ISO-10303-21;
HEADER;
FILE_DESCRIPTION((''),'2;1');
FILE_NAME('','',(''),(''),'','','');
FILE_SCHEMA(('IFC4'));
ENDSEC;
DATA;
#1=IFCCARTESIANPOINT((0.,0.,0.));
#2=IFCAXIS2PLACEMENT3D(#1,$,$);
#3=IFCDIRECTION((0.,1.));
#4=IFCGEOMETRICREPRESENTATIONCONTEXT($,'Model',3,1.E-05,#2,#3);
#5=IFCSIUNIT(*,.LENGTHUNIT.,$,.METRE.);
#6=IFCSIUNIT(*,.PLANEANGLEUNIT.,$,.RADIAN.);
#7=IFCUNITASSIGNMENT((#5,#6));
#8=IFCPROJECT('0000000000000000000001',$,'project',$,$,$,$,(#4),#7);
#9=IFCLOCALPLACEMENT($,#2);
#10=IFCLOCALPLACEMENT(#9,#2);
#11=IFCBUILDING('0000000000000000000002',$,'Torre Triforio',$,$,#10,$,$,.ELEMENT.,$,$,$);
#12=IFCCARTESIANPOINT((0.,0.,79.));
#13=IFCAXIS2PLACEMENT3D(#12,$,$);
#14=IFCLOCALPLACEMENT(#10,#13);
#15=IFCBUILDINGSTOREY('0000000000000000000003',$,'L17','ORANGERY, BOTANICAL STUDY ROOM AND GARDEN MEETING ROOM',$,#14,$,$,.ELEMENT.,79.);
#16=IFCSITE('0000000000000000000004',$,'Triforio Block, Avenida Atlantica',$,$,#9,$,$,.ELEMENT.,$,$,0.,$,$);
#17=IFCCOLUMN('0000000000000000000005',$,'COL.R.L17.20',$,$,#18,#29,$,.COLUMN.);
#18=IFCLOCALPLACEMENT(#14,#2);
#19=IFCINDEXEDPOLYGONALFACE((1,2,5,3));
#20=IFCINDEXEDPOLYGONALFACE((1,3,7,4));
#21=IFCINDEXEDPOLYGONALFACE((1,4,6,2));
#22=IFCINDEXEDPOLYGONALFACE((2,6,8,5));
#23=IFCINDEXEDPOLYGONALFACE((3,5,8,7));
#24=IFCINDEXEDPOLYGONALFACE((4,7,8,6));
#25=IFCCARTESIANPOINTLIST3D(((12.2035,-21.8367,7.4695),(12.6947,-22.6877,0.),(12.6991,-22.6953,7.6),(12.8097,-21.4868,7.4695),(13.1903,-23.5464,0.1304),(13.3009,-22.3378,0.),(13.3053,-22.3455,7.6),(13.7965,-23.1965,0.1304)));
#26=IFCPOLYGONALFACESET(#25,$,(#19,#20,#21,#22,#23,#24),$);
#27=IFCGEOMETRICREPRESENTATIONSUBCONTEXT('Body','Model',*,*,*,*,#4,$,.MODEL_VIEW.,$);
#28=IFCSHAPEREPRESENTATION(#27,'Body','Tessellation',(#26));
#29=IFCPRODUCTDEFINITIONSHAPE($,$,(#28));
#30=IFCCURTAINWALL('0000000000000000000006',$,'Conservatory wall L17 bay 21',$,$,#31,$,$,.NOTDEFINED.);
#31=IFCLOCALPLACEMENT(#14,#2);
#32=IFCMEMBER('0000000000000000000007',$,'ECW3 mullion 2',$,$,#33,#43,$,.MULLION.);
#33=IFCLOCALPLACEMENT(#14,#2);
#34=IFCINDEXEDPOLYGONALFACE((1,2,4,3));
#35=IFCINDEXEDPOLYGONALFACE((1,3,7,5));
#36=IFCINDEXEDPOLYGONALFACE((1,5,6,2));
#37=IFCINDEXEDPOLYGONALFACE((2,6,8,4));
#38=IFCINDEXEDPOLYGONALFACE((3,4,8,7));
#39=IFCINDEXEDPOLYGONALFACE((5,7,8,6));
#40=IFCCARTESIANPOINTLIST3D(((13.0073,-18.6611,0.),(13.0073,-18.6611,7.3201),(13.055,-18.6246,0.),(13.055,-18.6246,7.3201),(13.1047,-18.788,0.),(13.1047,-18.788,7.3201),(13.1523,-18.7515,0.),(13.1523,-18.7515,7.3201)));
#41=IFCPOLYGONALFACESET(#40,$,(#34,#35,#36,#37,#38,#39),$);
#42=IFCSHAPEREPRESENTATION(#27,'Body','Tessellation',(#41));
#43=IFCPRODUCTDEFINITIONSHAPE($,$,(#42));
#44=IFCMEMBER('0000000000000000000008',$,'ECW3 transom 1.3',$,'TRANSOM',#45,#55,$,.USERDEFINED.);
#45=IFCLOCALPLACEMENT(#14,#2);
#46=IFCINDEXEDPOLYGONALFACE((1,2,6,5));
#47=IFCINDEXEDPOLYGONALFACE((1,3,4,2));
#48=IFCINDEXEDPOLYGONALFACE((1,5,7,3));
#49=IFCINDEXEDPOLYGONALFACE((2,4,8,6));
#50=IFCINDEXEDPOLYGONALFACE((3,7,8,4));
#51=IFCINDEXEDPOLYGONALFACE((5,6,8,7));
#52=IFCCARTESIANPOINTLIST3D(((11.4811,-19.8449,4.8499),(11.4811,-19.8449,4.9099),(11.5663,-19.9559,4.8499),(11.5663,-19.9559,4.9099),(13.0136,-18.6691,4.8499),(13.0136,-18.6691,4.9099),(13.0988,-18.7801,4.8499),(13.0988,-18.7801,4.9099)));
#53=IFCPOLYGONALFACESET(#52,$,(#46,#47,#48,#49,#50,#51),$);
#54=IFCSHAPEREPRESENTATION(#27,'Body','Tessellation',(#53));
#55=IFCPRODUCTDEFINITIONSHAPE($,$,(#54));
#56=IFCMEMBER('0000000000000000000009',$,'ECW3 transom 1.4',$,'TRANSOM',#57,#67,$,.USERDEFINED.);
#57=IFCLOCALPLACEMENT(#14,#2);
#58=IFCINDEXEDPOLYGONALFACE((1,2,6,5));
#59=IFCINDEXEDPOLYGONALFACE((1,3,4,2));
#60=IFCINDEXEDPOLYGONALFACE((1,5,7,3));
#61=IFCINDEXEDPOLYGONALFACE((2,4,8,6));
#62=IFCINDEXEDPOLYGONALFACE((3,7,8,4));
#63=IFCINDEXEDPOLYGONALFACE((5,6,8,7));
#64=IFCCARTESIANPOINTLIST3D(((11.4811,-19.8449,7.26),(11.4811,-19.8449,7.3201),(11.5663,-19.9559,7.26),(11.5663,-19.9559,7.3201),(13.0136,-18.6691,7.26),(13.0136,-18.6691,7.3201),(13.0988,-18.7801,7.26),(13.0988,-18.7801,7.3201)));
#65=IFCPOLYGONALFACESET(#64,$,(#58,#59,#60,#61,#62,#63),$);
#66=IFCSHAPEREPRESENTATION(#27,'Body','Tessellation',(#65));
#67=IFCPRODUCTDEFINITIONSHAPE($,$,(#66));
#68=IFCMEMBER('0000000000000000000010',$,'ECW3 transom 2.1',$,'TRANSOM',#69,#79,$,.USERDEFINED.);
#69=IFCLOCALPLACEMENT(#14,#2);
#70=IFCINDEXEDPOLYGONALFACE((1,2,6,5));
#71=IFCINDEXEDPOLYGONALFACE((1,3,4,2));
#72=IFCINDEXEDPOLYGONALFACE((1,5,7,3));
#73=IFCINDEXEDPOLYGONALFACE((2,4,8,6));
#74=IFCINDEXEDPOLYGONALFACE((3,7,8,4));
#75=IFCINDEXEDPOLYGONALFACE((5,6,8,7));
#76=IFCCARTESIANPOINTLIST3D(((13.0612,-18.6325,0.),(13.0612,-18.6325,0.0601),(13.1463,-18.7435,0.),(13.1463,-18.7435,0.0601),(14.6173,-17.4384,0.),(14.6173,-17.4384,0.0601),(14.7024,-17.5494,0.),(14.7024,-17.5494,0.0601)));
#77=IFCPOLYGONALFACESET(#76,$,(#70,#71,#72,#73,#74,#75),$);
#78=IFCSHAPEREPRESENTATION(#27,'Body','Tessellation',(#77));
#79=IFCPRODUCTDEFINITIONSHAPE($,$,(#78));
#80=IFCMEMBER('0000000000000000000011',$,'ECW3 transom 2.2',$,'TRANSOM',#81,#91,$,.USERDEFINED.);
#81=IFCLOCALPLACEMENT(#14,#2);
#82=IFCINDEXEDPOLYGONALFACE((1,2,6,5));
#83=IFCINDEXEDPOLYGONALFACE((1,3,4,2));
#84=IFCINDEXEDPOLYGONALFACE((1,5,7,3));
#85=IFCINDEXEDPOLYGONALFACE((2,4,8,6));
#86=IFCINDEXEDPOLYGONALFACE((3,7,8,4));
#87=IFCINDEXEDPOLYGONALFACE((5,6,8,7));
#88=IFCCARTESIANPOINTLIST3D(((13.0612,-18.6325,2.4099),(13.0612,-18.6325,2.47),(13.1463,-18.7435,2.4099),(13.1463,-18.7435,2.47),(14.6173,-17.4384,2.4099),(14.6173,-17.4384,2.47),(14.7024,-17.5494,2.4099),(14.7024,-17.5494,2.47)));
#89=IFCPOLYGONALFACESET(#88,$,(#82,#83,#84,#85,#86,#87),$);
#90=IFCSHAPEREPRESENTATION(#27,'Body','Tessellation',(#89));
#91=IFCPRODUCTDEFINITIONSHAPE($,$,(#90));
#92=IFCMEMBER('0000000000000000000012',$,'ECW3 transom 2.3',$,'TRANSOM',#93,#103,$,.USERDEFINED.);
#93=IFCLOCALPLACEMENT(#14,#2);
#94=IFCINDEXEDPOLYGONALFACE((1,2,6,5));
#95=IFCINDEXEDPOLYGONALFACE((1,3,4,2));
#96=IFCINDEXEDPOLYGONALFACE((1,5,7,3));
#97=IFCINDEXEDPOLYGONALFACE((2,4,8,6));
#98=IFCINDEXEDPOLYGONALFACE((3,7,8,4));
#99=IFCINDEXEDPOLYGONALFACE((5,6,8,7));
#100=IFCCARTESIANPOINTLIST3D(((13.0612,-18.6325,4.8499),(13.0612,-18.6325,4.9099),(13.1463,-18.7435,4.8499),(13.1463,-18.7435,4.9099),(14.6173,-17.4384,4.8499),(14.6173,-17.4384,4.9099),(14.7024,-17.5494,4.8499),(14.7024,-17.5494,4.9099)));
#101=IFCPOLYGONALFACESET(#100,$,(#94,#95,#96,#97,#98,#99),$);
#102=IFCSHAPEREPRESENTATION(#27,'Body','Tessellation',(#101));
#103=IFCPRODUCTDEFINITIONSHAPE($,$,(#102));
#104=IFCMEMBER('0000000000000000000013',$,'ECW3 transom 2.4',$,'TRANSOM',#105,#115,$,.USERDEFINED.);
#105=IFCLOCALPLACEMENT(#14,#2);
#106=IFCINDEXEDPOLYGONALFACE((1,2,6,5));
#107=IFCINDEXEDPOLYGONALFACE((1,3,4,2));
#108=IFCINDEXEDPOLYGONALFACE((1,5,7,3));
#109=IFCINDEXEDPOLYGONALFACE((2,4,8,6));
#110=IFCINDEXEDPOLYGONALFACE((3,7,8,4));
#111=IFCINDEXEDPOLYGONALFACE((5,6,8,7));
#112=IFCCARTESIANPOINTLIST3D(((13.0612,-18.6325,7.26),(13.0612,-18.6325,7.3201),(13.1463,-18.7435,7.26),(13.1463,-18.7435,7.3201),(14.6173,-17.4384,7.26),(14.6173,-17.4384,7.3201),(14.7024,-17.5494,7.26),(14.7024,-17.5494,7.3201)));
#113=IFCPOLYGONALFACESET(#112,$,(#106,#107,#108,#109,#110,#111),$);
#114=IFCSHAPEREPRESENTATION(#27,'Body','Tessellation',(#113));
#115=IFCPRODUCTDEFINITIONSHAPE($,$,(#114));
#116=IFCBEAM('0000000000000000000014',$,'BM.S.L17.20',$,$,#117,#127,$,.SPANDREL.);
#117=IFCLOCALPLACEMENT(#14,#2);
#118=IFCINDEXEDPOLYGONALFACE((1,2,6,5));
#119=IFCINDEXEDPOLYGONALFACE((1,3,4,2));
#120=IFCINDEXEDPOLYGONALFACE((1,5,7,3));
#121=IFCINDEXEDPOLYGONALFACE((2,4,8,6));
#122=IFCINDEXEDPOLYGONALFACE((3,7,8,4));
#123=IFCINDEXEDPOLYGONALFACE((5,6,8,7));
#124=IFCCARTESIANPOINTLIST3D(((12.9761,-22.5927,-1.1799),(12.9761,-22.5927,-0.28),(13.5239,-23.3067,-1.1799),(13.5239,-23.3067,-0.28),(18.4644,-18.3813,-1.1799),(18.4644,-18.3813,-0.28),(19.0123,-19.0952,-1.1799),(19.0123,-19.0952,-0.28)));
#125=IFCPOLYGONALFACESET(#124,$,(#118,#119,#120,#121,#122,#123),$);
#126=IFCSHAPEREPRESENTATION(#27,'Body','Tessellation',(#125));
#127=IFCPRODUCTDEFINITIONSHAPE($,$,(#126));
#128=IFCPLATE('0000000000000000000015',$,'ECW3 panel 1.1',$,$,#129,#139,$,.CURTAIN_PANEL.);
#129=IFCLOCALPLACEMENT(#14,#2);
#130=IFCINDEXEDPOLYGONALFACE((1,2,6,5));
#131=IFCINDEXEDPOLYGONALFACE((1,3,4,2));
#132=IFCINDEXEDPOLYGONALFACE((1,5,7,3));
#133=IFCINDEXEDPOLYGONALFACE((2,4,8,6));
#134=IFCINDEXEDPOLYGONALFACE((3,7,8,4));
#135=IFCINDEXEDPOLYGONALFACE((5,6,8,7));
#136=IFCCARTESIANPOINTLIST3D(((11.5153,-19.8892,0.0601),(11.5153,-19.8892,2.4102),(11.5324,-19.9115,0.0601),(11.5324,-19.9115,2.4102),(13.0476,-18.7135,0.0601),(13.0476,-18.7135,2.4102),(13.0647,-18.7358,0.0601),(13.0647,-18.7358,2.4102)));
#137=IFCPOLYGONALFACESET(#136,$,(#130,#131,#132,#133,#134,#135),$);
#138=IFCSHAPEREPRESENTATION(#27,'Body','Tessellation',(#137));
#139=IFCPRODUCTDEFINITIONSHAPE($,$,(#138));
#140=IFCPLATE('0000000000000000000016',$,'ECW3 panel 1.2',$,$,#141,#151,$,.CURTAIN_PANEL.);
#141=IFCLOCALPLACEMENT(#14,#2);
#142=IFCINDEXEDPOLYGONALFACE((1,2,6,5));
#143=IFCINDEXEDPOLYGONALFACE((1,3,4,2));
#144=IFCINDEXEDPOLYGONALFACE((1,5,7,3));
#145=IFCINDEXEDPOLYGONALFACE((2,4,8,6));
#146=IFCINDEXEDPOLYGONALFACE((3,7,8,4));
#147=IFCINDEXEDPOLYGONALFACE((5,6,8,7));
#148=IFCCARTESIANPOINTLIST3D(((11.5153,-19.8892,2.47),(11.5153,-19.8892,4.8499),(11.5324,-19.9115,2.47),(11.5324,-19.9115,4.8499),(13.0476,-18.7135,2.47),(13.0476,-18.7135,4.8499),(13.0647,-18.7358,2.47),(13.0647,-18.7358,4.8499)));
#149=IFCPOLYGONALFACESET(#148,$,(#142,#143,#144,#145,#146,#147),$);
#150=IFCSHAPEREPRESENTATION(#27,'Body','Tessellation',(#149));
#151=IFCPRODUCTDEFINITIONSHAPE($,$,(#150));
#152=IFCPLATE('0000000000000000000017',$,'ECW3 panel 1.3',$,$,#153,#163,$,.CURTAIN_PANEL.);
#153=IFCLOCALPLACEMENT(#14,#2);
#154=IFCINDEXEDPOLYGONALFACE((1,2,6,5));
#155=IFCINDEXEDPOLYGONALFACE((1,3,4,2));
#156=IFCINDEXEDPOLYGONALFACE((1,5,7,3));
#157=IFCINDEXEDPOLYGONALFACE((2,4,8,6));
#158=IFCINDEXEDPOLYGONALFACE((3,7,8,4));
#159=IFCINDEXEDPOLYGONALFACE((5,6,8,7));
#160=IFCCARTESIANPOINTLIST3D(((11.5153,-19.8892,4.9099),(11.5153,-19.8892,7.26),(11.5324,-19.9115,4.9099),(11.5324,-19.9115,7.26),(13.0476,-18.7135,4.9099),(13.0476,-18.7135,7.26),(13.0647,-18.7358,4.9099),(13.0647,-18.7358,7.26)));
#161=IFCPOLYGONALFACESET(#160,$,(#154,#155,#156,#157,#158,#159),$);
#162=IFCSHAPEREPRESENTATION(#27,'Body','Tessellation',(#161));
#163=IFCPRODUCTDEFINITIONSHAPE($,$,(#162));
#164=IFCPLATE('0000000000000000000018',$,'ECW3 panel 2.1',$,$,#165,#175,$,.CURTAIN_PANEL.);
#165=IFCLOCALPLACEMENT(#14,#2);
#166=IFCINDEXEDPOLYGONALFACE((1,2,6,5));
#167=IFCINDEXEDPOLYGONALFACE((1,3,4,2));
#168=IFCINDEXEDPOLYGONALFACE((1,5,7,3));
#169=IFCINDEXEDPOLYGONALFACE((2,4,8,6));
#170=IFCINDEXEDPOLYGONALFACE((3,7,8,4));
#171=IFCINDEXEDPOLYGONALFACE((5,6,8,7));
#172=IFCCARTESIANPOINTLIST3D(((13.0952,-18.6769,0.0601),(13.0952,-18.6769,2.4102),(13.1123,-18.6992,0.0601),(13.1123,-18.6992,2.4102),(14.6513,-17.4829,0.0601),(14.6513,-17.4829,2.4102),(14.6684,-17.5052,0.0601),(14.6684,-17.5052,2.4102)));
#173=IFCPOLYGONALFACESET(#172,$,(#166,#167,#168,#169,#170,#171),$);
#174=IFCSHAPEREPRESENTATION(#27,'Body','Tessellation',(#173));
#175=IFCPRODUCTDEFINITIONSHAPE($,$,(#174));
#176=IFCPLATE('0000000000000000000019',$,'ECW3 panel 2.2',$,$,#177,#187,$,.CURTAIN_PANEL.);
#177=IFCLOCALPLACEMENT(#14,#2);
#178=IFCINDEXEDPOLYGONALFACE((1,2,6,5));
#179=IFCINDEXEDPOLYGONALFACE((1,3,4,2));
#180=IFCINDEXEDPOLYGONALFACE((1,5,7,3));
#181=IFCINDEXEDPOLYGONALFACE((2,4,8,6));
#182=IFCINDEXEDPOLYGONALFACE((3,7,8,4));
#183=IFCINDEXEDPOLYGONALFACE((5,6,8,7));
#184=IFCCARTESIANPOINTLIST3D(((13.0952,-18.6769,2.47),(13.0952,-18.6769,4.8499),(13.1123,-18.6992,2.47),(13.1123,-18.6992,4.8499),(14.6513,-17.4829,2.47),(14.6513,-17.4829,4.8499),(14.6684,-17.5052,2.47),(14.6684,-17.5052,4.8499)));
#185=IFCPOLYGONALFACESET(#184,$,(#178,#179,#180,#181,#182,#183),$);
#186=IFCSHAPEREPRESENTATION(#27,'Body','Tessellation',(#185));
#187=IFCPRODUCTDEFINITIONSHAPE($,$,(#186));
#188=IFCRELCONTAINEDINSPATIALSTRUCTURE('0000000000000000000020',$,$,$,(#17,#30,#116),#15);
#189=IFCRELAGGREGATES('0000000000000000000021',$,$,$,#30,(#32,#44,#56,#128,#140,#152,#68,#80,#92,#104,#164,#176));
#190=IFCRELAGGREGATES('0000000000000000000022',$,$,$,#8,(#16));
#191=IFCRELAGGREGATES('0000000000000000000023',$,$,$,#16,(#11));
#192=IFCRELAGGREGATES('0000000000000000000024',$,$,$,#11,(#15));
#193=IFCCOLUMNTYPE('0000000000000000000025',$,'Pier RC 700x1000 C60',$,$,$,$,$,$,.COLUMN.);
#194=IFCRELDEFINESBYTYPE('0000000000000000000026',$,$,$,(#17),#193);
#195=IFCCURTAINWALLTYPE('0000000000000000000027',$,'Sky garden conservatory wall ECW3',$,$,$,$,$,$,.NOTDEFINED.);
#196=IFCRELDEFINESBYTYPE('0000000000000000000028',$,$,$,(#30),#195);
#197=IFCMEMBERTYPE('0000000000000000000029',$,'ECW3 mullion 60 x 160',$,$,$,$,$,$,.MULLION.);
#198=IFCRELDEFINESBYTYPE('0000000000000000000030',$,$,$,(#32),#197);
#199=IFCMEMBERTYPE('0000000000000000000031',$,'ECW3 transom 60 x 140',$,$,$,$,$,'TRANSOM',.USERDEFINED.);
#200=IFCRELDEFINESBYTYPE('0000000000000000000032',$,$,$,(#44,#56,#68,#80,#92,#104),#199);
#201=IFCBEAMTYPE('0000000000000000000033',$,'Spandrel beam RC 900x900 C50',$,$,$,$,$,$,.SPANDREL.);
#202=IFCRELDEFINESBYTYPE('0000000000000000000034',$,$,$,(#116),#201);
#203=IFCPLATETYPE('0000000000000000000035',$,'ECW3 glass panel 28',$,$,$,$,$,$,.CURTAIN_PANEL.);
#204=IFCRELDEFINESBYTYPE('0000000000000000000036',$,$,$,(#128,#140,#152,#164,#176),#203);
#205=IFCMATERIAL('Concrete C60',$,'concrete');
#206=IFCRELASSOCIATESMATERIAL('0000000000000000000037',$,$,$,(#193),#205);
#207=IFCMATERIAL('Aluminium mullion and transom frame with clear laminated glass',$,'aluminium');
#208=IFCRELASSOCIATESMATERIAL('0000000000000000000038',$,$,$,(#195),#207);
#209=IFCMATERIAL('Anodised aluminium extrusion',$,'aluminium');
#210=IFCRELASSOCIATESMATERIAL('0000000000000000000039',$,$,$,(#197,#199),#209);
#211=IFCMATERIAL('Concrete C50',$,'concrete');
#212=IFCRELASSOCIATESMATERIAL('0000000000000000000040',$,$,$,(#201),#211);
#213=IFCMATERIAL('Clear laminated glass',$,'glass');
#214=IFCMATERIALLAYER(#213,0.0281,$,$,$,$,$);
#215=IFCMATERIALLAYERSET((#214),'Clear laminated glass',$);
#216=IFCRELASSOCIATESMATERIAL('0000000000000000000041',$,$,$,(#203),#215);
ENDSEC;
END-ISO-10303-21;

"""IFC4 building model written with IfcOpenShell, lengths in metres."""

from ifc_helpers import new_model, si_unit, direction, frame, origin, origin_2d, place, context, subcontext, project, spatial, rectangle, extrude, material, layer, layer_set, material_profile, profile_set, type_object, element, aggregate, save


model = new_model("IFC4")

# Units and contexts
model_context = context("Model", 3, precision=1e-05, world=origin(), true_north=direction((0.0, 1.0)))
body_context = subcontext(model_context, "Body", "Model", "MODEL_VIEW")
ifc_project = project(units=[si_unit("LENGTHUNIT", "METRE"), si_unit("PLANEANGLEUNIT", "RADIAN")], contexts=[model_context])

# Site, building, storey
site_placement = place(None, origin())
site = spatial("IfcSite", under=ifc_project, at=site_placement, Name="Triforio Block, Avenida Atlantica", CompositionType="ELEMENT", RefElevation=0.0)
building_placement = place(site_placement, origin())
building = spatial("IfcBuilding", under=site, at=building_placement, Name="Torre Triforio", CompositionType="ELEMENT")
storey_placement = place(building_placement, frame((0.0, 0.0, 79.0)))
storey = spatial("IfcBuildingStorey", under=building, at=storey_placement, Name="L17", Description="ORANGERY, BOTANICAL STUDY ROOM AND GARDEN MEETING ROOM", CompositionType="ELEMENT", Elevation=79.0)

# Column
ifc_material_1 = material(Name="Concrete C60", Category="concrete")
ifc_material_profile_1 = material_profile(ifc_material_1, rectangle(XDim=0.7, YDim=1.0, at=origin_2d()), Name="RC 700x1000")
ifc_profile_set_1 = profile_set([ifc_material_profile_1], Name="Concrete C60")
column_type = type_object("IfcColumnType", Name="Pier RC 700x1000 C60", PredefinedType="COLUMN", material=ifc_profile_set_1)
column_placement = place(storey_placement, frame((13.2456, -22.9421, 0.0652), z_axis=(-0.065201, 0.112967, 0.991457), x_axis=(-0.866095, -0.49988, 0.0)))
element("IfcColumn", 1, at=column_placement, inside=storey, type_object=column_type, Name="COL.R.L17.20", PredefinedType="COLUMN", context=body_context, shape_type="SweptSolid", body=[
    extrude(rectangle(XDim=0.7, YDim=1.0, at=origin_2d()), origin(), (0.0, 0.0, 1.0), 7.5339),
])

# Curtain wall, members
ifc_material_2 = material(Name="Aluminium mullion and transom frame with clear laminated glass", Category="aluminium")
curtain_wall_type = type_object("IfcCurtainWallType", Name="Sky garden conservatory wall ECW3", PredefinedType="NOTDEFINED", material=ifc_material_2)
curtain_wall_placement = place(storey_placement, origin())
curtain_wall = element("IfcCurtainWall", 2, at=curtain_wall_placement, inside=storey, type_object=curtain_wall_type, Name="Conservatory wall L17 bay 21", PredefinedType="NOTDEFINED")
ifc_material_3 = material(Name="Anodised aluminium extrusion", Category="aluminium")
ifc_material_profile_2 = material_profile(ifc_material_3, rectangle(XDim=0.1599, YDim=0.0601, at=origin_2d()), Name="ECW3 MULLION 60x160")
ifc_profile_set_2 = profile_set([ifc_material_profile_2], Name="Anodised aluminium extrusion")
member_type_1 = type_object("IfcMemberType", Name="ECW3 mullion 60 x 160", PredefinedType="MULLION", material=ifc_profile_set_2)
member_1_placement = place(storey_placement, frame((13.0798, -18.7063, 0.0), z_axis=(0.0, 0.0, 1.0), x_axis=(-0.608752, 0.79336, 0.0)))
member_1 = element("IfcMember", 3, at=member_1_placement, type_object=member_type_1, Name="ECW3 mullion 2", PredefinedType="MULLION", context=body_context, shape_type="SweptSolid", body=[
    extrude(rectangle(XDim=0.1599, YDim=0.0601, at=origin_2d()), origin(), (0.0, 0.0, 1.0), 7.3201),
])
ifc_material_profile_3 = material_profile(ifc_material_3, rectangle(XDim=0.1399, YDim=0.0601, at=origin_2d()), Name="ECW3 TRANSOM 60x140")
ifc_profile_set_3 = profile_set([ifc_material_profile_3], Name="Anodised aluminium extrusion")
member_type_2 = type_object("IfcMemberType", Name="ECW3 transom 60 x 140", ElementType="TRANSOM", PredefinedType="USERDEFINED", material=ifc_profile_set_3)
member_2_placement = place(storey_placement, frame((11.5237, -19.9004, 4.8799), z_axis=(0.793385, 0.608721, 0.0), x_axis=(-0.608721, 0.793385, 0.0)))
member_2 = element("IfcMember", 4, at=member_2_placement, type_object=member_type_2, Name="ECW3 transom 1.3", ObjectType="TRANSOM", PredefinedType="USERDEFINED", context=body_context, shape_type="SweptSolid", body=[
    extrude(rectangle(XDim=0.1399, YDim=0.0601, at=origin_2d()), origin(), (0.0, 0.0, 1.0), 1.9316),
])
member_3_placement = place(storey_placement, frame((11.5237, -19.9004, 7.29), z_axis=(0.793385, 0.608721, 0.0), x_axis=(-0.608721, 0.793385, 0.0)))
member_3 = element("IfcMember", 5, at=member_3_placement, type_object=member_type_2, Name="ECW3 transom 1.4", ObjectType="TRANSOM", PredefinedType="USERDEFINED", context=body_context, shape_type="SweptSolid", body=[
    extrude(rectangle(XDim=0.1399, YDim=0.0601, at=origin_2d()), origin(), (0.0, 0.0, 1.0), 1.9316),
])
member_4_placement = place(storey_placement, frame((13.1038, -18.688, 0.03), z_axis=(0.79335, 0.608766, 0.0), x_axis=(-0.608766, 0.79335, 0.0)))
member_4 = element("IfcMember", 6, at=member_4_placement, type_object=member_type_2, Name="ECW3 transom 2.1", ObjectType="TRANSOM", PredefinedType="USERDEFINED", context=body_context, shape_type="SweptSolid", body=[
    extrude(rectangle(XDim=0.1399, YDim=0.0601, at=origin_2d()), origin(), (0.0, 0.0, 1.0), 1.9614),
])
member_5_placement = place(storey_placement, frame((13.1038, -18.688, 2.4399), z_axis=(0.79335, 0.608766, 0.0), x_axis=(-0.608766, 0.79335, 0.0)))
member_5 = element("IfcMember", 7, at=member_5_placement, type_object=member_type_2, Name="ECW3 transom 2.2", ObjectType="TRANSOM", PredefinedType="USERDEFINED", context=body_context, shape_type="SweptSolid", body=[
    extrude(rectangle(XDim=0.1399, YDim=0.0601, at=origin_2d()), origin(), (0.0, 0.0, 1.0), 1.9614),
])
member_6_placement = place(storey_placement, frame((13.1038, -18.688, 4.8799), z_axis=(0.79335, 0.608766, 0.0), x_axis=(-0.608766, 0.79335, 0.0)))
member_6 = element("IfcMember", 8, at=member_6_placement, type_object=member_type_2, Name="ECW3 transom 2.3", ObjectType="TRANSOM", PredefinedType="USERDEFINED", context=body_context, shape_type="SweptSolid", body=[
    extrude(rectangle(XDim=0.1399, YDim=0.0601, at=origin_2d()), origin(), (0.0, 0.0, 1.0), 1.9614),
])
member_7_placement = place(storey_placement, frame((13.1038, -18.688, 7.29), z_axis=(0.79335, 0.608766, 0.0), x_axis=(-0.608766, 0.79335, 0.0)))
member_7 = element("IfcMember", 9, at=member_7_placement, type_object=member_type_2, Name="ECW3 transom 2.4", ObjectType="TRANSOM", PredefinedType="USERDEFINED", context=body_context, shape_type="SweptSolid", body=[
    extrude(rectangle(XDim=0.1399, YDim=0.0601, at=origin_2d()), origin(), (0.0, 0.0, 1.0), 1.9614),
])

# Beam
ifc_material_4 = material(Name="Concrete C50", Category="concrete")
ifc_material_profile_4 = material_profile(ifc_material_4, rectangle(XDim=0.8999, YDim=0.8999, at=origin_2d()), Name="RC 900x900")
ifc_profile_set_4 = profile_set([ifc_material_profile_4], Name="Concrete C50")
beam_type = type_object("IfcBeamType", Name="Spandrel beam RC 900x900 C50", PredefinedType="SPANDREL", material=ifc_profile_set_4)
beam_placement = place(storey_placement, frame((13.25, -22.9497, -0.73), z_axis=(0.793345, 0.608772, 0.0), x_axis=(-0.608772, 0.793345, 0.0)))
element("IfcBeam", 10, at=beam_placement, inside=storey, type_object=beam_type, Name="BM.S.L17.20", PredefinedType="SPANDREL", context=body_context, shape_type="SweptSolid", body=[
    extrude(rectangle(XDim=0.8999, YDim=0.8999, at=origin_2d()), origin(), (0.0, 0.0, 1.0), 6.918),
])

# Plates
ifc_material_5 = material(Name="Clear laminated glass", Category="glass")
ifc_layer_1 = layer(ifc_material_5, 0.0281)
ifc_layer_set_1 = layer_set([ifc_layer_1], Name="Clear laminated glass")
plate_type = type_object("IfcPlateType", Name="ECW3 glass panel 28", PredefinedType="CURTAIN_PANEL", material=ifc_layer_set_1)
plate_1_placement = place(storey_placement, frame((12.29, -19.3125, 0.0601), z_axis=(0.0, 0.0, 1.0), x_axis=(0.79336, 0.608752, 0.0)))
plate_1 = element("IfcPlate", 11, at=plate_1_placement, type_object=plate_type, Name="ECW3 panel 1.1", PredefinedType="CURTAIN_PANEL", context=body_context, shape_type="SweptSolid", body=[
    extrude(rectangle(XDim=1.9314, YDim=0.0281, at=origin_2d()), origin(), (0.0, 0.0, 1.0), 2.3501),
])
plate_2_placement = place(storey_placement, frame((12.29, -19.3125, 2.47), z_axis=(0.0, 0.0, 1.0), x_axis=(0.79336, 0.608752, 0.0)))
plate_2 = element("IfcPlate", 12, at=plate_2_placement, type_object=plate_type, Name="ECW3 panel 1.2", PredefinedType="CURTAIN_PANEL", context=body_context, shape_type="SweptSolid", body=[
    extrude(rectangle(XDim=1.9314, YDim=0.0281, at=origin_2d()), origin(), (0.0, 0.0, 1.0), 2.3799),
])
plate_3_placement = place(storey_placement, frame((12.29, -19.3125, 4.9099), z_axis=(0.0, 0.0, 1.0), x_axis=(0.79336, 0.608752, 0.0)))
plate_3 = element("IfcPlate", 13, at=plate_3_placement, type_object=plate_type, Name="ECW3 panel 1.3", PredefinedType="CURTAIN_PANEL", context=body_context, shape_type="SweptSolid", body=[
    extrude(rectangle(XDim=1.9314, YDim=0.0281, at=origin_2d()), origin(), (0.0, 0.0, 1.0), 2.3501),
])
plate_4_placement = place(storey_placement, frame((13.8818, -18.0911, 0.0601), z_axis=(0.0, 0.0, 1.0), x_axis=(0.79336, 0.608752, 0.0)))
plate_4 = element("IfcPlate", 14, at=plate_4_placement, type_object=plate_type, Name="ECW3 panel 2.1", PredefinedType="CURTAIN_PANEL", context=body_context, shape_type="SweptSolid", body=[
    extrude(rectangle(XDim=1.9614, YDim=0.0281, at=origin_2d()), origin(), (0.0, 0.0, 1.0), 2.3501),
])
plate_5_placement = place(storey_placement, frame((13.8818, -18.0911, 2.47), z_axis=(0.0, 0.0, 1.0), x_axis=(0.79336, 0.608752, 0.0)))
plate_5 = element("IfcPlate", 15, at=plate_5_placement, type_object=plate_type, Name="ECW3 panel 2.2", PredefinedType="CURTAIN_PANEL", context=body_context, shape_type="SweptSolid", body=[
    extrude(rectangle(XDim=1.9614, YDim=0.0281, at=origin_2d()), origin(), (0.0, 0.0, 1.0), 2.3799),
])
aggregate(curtain_wall, [member_1, member_2, member_3, plate_1, plate_2, plate_3, member_4, member_5, member_6, member_7, plate_4, plate_5])

save(model, "model.ifc")
